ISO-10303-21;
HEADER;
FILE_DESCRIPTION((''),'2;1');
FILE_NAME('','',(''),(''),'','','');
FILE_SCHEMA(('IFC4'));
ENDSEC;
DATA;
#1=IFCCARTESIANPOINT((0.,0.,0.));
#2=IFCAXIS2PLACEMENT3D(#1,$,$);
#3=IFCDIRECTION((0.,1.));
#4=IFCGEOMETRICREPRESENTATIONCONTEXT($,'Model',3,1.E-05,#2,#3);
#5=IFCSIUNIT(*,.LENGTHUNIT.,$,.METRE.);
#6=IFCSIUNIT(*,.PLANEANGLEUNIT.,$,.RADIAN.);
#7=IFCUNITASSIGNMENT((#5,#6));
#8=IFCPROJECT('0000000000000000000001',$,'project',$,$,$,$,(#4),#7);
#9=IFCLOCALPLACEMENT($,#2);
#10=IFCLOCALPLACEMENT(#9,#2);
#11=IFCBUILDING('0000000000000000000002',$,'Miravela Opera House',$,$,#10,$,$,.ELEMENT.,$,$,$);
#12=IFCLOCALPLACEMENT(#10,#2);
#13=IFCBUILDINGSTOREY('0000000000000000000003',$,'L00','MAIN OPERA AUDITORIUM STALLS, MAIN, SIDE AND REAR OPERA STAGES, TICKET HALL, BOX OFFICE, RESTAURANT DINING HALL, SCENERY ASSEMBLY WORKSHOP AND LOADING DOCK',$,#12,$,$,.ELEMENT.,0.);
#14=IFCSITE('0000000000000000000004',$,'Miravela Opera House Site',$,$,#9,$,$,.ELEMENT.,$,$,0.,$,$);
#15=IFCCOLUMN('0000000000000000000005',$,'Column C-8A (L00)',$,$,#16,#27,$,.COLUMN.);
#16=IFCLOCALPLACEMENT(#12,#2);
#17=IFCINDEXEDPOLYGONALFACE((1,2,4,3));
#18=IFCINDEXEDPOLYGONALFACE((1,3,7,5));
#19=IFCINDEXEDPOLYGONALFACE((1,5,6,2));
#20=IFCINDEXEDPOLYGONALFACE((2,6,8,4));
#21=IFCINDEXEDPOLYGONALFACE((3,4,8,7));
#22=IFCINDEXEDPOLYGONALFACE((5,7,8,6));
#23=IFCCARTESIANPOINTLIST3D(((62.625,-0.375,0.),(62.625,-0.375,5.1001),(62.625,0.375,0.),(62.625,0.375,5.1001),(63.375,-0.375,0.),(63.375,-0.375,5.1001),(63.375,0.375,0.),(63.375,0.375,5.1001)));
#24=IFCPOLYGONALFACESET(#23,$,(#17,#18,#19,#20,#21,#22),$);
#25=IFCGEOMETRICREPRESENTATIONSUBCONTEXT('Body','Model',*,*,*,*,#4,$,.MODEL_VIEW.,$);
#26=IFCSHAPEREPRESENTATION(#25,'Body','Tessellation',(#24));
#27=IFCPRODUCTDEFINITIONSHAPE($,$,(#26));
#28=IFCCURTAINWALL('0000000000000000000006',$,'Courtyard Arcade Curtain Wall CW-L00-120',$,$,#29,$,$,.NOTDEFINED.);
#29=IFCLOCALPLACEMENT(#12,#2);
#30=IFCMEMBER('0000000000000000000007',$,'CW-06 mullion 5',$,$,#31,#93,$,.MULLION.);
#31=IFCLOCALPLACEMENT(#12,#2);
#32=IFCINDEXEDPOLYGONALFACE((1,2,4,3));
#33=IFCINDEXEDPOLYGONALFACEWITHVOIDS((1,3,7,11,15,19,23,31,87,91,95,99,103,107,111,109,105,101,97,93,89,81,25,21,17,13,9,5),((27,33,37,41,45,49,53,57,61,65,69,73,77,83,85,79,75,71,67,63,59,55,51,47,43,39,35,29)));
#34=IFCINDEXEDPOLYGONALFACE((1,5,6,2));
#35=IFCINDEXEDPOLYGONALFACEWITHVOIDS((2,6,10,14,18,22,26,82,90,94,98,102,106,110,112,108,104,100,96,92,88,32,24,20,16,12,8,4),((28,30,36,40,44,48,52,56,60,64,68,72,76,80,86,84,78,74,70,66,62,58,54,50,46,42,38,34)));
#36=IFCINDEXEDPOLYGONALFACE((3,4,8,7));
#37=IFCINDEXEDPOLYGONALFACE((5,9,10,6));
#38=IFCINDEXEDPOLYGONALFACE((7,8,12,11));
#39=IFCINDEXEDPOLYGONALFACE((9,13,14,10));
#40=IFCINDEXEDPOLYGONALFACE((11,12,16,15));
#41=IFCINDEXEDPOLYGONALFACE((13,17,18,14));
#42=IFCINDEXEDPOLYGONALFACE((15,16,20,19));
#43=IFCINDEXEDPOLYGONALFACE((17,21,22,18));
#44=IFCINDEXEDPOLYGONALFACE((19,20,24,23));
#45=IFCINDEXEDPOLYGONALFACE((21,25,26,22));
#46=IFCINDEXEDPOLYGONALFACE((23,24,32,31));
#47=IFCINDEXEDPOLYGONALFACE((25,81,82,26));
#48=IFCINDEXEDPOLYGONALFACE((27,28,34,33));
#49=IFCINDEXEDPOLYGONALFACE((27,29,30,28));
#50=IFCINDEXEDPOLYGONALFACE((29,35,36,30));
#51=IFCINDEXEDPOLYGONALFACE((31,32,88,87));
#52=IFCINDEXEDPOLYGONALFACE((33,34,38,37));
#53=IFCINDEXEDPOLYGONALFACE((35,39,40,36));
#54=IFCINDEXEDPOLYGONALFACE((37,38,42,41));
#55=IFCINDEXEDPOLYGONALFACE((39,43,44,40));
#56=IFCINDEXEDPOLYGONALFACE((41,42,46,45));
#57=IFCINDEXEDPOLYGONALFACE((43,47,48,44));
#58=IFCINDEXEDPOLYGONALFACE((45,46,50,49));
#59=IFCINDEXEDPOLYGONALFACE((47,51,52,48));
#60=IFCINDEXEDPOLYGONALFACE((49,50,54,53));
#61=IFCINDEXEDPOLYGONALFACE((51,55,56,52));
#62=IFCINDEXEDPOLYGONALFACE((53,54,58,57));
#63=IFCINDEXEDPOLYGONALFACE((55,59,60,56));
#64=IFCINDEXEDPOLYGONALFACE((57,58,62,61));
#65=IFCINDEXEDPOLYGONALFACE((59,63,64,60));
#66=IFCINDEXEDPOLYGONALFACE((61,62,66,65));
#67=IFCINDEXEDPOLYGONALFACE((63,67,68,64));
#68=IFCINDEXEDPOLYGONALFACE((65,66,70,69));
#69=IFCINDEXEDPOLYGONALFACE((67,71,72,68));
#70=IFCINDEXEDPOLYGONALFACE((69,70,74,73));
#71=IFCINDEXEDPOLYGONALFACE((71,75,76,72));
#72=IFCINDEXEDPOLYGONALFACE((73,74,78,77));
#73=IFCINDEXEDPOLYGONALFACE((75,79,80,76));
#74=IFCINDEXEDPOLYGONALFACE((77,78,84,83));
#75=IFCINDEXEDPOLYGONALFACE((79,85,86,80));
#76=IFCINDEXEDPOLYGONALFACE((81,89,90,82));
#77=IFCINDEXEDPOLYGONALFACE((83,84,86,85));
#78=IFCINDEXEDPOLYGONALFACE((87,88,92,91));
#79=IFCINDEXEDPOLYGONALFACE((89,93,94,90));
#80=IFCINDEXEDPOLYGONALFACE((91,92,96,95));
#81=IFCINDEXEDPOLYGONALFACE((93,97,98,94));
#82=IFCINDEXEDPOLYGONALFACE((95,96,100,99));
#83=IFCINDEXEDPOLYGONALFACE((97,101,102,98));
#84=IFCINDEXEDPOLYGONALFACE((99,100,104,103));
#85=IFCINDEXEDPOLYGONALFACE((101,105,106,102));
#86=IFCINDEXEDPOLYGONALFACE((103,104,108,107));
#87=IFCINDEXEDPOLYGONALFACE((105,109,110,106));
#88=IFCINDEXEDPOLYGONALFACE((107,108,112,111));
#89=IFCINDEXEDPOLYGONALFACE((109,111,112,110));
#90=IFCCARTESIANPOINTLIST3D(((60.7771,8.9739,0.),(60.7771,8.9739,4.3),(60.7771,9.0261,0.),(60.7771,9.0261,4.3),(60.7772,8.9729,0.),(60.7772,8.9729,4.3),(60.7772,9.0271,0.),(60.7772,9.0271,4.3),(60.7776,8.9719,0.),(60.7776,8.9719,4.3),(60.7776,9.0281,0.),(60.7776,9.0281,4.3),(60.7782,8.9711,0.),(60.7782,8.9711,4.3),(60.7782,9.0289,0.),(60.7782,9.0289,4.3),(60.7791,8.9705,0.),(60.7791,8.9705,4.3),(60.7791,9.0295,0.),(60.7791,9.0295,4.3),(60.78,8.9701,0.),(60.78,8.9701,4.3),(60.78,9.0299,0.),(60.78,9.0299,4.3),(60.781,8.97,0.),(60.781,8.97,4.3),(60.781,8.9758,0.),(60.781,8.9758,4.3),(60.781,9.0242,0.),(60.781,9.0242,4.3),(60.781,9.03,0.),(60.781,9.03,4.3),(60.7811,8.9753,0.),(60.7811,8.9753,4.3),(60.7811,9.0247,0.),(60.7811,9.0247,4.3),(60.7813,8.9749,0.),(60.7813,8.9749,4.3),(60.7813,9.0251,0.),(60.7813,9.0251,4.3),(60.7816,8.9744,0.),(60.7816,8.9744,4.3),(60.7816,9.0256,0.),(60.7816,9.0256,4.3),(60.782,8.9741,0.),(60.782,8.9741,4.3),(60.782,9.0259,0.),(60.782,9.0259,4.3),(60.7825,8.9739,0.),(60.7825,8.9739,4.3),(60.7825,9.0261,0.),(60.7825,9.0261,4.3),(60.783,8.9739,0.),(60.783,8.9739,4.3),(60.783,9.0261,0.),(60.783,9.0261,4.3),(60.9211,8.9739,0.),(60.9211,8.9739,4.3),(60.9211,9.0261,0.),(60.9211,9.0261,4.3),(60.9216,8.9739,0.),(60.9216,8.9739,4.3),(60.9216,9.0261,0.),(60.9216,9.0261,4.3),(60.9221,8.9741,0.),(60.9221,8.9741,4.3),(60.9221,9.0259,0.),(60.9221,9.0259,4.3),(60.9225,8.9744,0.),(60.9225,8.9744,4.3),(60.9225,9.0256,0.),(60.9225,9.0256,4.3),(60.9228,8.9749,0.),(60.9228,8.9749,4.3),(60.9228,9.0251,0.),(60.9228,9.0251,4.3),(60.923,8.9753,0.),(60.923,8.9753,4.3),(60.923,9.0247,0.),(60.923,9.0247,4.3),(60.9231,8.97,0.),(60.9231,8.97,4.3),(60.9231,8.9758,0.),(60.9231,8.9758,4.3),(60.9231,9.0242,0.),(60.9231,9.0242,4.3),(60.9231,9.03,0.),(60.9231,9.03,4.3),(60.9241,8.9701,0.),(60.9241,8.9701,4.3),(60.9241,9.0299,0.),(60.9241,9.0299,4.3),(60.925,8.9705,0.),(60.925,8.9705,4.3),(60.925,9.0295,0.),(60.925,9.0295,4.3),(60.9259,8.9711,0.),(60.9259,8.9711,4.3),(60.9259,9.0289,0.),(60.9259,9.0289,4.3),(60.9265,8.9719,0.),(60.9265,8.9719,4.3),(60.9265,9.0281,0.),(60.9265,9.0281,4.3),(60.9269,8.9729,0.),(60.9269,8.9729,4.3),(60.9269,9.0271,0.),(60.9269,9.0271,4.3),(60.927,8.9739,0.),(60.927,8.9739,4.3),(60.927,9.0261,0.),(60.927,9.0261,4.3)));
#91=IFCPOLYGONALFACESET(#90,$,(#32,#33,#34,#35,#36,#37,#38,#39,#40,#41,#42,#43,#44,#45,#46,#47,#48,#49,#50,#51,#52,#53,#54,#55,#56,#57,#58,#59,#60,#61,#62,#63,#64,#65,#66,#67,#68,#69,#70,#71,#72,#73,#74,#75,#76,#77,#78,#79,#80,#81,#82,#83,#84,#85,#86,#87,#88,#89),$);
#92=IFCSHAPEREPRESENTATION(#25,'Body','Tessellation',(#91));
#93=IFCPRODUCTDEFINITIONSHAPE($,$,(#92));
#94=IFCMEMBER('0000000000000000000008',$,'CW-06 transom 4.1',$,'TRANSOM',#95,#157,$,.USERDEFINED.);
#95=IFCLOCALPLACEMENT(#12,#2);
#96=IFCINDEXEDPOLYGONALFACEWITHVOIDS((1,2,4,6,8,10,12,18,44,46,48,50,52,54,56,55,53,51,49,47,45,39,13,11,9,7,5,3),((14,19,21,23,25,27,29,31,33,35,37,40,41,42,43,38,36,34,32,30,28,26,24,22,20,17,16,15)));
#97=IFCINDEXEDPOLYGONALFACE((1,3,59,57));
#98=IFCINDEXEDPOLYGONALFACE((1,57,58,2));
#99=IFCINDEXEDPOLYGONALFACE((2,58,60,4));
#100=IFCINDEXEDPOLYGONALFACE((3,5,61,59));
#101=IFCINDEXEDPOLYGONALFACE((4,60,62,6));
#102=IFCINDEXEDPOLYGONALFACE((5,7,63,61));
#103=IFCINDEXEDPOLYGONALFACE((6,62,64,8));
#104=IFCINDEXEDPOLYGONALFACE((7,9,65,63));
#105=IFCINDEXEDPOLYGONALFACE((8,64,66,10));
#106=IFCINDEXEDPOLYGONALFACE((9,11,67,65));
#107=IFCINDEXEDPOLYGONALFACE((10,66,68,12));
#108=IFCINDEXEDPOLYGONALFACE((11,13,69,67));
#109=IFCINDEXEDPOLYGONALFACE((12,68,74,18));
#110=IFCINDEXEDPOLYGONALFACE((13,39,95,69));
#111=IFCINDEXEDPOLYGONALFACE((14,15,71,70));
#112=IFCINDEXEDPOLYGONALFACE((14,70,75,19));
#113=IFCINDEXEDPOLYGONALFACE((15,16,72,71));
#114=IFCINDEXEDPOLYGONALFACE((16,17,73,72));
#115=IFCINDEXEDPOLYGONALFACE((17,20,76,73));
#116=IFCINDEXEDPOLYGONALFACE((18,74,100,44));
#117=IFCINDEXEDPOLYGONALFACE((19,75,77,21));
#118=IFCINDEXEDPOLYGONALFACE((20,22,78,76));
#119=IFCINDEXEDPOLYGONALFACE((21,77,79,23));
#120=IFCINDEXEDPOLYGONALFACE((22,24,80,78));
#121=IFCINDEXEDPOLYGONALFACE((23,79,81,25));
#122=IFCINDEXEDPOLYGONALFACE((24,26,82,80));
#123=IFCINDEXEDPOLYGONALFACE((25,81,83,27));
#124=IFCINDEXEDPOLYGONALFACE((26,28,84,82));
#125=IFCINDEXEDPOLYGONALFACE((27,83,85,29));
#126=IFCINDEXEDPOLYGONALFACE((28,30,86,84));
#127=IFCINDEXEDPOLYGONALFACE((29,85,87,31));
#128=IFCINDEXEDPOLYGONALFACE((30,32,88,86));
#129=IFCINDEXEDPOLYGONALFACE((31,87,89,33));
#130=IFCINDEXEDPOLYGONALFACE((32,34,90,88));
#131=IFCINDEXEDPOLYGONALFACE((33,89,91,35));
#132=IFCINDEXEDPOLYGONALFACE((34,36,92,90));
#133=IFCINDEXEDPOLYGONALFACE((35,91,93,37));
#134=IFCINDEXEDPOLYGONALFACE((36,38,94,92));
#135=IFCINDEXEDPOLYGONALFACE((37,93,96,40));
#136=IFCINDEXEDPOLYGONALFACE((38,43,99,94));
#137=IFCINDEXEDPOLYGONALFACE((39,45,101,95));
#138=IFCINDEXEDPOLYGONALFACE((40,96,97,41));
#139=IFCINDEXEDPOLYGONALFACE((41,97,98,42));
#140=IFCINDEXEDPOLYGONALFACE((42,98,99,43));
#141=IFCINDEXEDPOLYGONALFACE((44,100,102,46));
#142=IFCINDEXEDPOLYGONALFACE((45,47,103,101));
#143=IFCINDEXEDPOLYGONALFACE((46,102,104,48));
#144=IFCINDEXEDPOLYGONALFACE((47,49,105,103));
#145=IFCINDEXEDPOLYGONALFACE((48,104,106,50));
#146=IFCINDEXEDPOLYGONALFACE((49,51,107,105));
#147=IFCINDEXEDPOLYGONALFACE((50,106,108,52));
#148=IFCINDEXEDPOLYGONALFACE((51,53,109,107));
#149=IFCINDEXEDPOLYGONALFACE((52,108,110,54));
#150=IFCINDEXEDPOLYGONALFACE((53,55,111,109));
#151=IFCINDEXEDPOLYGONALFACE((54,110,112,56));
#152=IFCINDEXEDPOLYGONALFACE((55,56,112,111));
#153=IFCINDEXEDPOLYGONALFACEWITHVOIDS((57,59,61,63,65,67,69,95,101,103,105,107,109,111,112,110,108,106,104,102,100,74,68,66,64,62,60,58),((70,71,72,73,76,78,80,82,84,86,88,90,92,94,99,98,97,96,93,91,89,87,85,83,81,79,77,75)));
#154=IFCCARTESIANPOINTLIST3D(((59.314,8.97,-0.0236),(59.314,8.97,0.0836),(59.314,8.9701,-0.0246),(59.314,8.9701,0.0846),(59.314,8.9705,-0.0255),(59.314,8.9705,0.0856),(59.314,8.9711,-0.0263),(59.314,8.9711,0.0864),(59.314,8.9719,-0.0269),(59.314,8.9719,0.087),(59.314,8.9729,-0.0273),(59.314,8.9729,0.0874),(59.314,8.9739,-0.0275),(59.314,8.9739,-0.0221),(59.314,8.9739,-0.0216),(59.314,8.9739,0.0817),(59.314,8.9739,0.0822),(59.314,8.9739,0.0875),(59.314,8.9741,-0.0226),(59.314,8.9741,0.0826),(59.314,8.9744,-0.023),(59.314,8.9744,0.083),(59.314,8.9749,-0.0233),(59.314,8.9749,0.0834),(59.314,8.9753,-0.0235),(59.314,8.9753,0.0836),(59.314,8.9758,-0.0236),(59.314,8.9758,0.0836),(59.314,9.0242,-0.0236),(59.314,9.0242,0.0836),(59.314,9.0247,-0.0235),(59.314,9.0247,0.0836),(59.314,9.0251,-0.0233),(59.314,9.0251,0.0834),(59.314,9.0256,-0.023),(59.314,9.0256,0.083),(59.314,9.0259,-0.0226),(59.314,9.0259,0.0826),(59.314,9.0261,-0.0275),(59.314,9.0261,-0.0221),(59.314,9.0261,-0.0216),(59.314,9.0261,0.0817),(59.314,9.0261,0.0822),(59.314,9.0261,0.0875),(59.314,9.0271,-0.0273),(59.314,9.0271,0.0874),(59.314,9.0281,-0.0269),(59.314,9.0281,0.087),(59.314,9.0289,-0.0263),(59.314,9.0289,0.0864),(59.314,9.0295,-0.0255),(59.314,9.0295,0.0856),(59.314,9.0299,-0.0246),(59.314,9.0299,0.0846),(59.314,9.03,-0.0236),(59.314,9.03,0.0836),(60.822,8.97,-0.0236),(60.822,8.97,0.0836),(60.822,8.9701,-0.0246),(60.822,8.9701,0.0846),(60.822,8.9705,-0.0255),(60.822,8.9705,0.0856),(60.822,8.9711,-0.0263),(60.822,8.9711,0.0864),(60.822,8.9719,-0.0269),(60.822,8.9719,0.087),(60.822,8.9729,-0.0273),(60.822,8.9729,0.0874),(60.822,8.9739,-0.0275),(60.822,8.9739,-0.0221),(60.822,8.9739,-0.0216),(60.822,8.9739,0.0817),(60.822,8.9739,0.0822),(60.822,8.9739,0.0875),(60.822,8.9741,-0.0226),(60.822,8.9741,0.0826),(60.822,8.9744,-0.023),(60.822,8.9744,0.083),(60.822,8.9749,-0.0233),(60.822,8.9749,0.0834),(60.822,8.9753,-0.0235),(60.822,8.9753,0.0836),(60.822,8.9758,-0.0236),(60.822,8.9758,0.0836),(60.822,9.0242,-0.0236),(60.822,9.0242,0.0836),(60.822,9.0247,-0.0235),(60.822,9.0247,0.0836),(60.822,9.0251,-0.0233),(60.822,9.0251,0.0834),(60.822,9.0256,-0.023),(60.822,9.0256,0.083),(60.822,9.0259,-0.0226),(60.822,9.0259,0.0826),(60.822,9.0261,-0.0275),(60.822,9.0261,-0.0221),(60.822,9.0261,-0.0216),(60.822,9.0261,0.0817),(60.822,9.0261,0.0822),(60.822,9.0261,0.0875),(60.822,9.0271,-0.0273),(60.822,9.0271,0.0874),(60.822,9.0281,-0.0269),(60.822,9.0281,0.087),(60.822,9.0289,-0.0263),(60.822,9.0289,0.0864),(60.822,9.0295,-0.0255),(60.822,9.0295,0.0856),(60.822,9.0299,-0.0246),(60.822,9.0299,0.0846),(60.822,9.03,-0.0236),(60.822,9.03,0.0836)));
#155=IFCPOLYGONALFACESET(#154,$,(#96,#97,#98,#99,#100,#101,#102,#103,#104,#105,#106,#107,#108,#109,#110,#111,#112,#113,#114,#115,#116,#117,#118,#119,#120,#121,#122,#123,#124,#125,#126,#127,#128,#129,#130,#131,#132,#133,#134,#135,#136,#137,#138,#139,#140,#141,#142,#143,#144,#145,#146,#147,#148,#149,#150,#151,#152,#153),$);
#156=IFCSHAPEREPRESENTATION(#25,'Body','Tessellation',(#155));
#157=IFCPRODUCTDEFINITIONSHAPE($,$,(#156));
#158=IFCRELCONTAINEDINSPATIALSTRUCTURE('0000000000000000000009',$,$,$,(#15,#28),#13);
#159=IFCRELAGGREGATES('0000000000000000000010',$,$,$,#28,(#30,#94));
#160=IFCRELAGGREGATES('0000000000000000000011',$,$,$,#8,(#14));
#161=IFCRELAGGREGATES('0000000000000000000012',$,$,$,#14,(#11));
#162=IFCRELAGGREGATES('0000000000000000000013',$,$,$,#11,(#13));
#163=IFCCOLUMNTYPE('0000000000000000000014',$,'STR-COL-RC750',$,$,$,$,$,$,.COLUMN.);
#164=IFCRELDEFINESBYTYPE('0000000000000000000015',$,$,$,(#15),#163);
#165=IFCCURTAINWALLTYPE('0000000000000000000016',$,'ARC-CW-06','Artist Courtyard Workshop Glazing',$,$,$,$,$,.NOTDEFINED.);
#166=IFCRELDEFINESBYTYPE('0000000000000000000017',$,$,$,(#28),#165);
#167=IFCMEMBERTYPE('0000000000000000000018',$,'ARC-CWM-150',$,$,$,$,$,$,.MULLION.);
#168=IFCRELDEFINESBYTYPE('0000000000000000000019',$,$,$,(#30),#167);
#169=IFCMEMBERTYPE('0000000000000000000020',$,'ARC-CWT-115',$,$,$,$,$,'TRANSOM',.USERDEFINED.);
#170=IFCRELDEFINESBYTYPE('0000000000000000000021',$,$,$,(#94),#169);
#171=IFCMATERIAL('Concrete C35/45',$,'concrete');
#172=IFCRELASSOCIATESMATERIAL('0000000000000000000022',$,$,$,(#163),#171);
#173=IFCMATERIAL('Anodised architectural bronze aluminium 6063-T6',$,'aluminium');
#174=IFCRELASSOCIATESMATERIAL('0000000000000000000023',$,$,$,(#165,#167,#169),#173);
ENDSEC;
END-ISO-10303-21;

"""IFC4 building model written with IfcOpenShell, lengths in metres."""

from ifc_helpers import new_model, si_unit, direction, frame, origin, origin_2d, place, context, subcontext, project, spatial, rectangle, hollow_rectangle, extrude, material, material_profile, profile_set, type_object, element, aggregate, save


model = new_model("IFC4")

# Units and contexts
model_context = context("Model", 3, precision=1e-05, world=origin(), true_north=direction((0.0, 1.0)))
body_context = subcontext(model_context, "Body", "Model", "MODEL_VIEW")
ifc_project = project(units=[si_unit("LENGTHUNIT", "METRE"), si_unit("PLANEANGLEUNIT", "RADIAN")], contexts=[model_context])

# Site, building, storey
site_placement = place(None, origin())
site = spatial("IfcSite", under=ifc_project, at=site_placement, Name="Miravela Opera House Site", CompositionType="ELEMENT", RefElevation=0.0)
building_placement = place(site_placement, origin())
building = spatial("IfcBuilding", under=site, at=building_placement, Name="Miravela Opera House", CompositionType="ELEMENT")
storey_placement = place(building_placement, origin())
storey = spatial("IfcBuildingStorey", under=building, at=storey_placement, Name="L00", Description="MAIN OPERA AUDITORIUM STALLS, MAIN, SIDE AND REAR OPERA STAGES, TICKET HALL, BOX OFFICE, RESTAURANT DINING HALL, SCENERY ASSEMBLY WORKSHOP AND LOADING DOCK", CompositionType="ELEMENT", Elevation=0.0)

# Column
ifc_material_1 = material(Name="Concrete C35/45", Category="concrete")
ifc_material_profile_1 = material_profile(ifc_material_1, rectangle(XDim=0.75, YDim=0.75, at=origin_2d()), Name="RC-COL-750X750")
ifc_profile_set_1 = profile_set([ifc_material_profile_1])
column_type = type_object("IfcColumnType", Name="STR-COL-RC750", PredefinedType="COLUMN", material=ifc_profile_set_1)
column_placement = place(storey_placement, frame((63.0, 0.0, 0.0), z_axis=(0.0, 0.0, 1.0), x_axis=(1.0, 0.0, 0.0)))
element("IfcColumn", 1, at=column_placement, inside=storey, type_object=column_type, Name="Column C-8A (L00)", PredefinedType="COLUMN", context=body_context, shape_type="SweptSolid", body=[
    extrude(rectangle(XDim=0.75, YDim=0.75, at=origin_2d()), origin(), (0.0, 0.0, 1.0), 5.1001),
])

# Curtain wall, members
ifc_material_2 = material(Name="Anodised architectural bronze aluminium 6063-T6", Category="aluminium")
curtain_wall_type = type_object("IfcCurtainWallType", Name="ARC-CW-06", Description="Artist Courtyard Workshop Glazing", PredefinedType="NOTDEFINED", material=ifc_material_2)
curtain_wall_placement = place(storey_placement, origin())
curtain_wall = element("IfcCurtainWall", 2, at=curtain_wall_placement, inside=storey, type_object=curtain_wall_type, Name="Courtyard Arcade Curtain Wall CW-L00-120", PredefinedType="NOTDEFINED")
ifc_material_profile_2 = material_profile(ifc_material_2, hollow_rectangle(XDim=0.0601, YDim=0.1499, WallThickness=0.0039, InnerFilletRadius=0.002, OuterFilletRadius=0.0039, at=origin_2d()), Name="CWM-60X150")
ifc_profile_set_2 = profile_set([ifc_material_profile_2])
member_type_1 = type_object("IfcMemberType", Name="ARC-CWM-150", PredefinedType="MULLION", material=ifc_profile_set_2)
member_1_placement = place(storey_placement, frame((60.8521, 9.0, 0.0), z_axis=(0.0, 0.0, 1.0), x_axis=(0.0, 1.0, 0.0)))
member_1 = element("IfcMember", 3, at=member_1_placement, type_object=member_type_1, Name="CW-06 mullion 5", PredefinedType="MULLION", context=body_context, shape_type="SweptSolid", body=[
    extrude(hollow_rectangle(XDim=0.0601, YDim=0.1499, WallThickness=0.0039, InnerFilletRadius=0.002, OuterFilletRadius=0.0039, at=origin_2d()), origin(), (0.0, 0.0, 1.0), 4.3),
])
ifc_material_profile_3 = material_profile(ifc_material_2, hollow_rectangle(XDim=0.0601, YDim=0.115, WallThickness=0.0039, InnerFilletRadius=0.002, OuterFilletRadius=0.0039, at=origin_2d()), Name="CWT-60X115")
ifc_profile_set_3 = profile_set([ifc_material_profile_3])
member_type_2 = type_object("IfcMemberType", Name="ARC-CWT-115", ElementType="TRANSOM", PredefinedType="USERDEFINED", material=ifc_profile_set_3)
member_2_placement = place(storey_placement, frame((59.314, 9.0, 0.03), z_axis=(1.0, 0.0, 0.0), x_axis=(0.0, 1.0, 0.0)))
member_2 = element("IfcMember", 4, at=member_2_placement, type_object=member_type_2, Name="CW-06 transom 4.1", ObjectType="TRANSOM", PredefinedType="USERDEFINED", context=body_context, shape_type="SweptSolid", body=[
    extrude(hollow_rectangle(XDim=0.0601, YDim=0.115, WallThickness=0.0039, InnerFilletRadius=0.002, OuterFilletRadius=0.0039, at=origin_2d()), origin(), (0.0, 0.0, 1.0), 1.5081),
])

aggregate(curtain_wall, [member_1, member_2])

save(model, "model.ifc")
